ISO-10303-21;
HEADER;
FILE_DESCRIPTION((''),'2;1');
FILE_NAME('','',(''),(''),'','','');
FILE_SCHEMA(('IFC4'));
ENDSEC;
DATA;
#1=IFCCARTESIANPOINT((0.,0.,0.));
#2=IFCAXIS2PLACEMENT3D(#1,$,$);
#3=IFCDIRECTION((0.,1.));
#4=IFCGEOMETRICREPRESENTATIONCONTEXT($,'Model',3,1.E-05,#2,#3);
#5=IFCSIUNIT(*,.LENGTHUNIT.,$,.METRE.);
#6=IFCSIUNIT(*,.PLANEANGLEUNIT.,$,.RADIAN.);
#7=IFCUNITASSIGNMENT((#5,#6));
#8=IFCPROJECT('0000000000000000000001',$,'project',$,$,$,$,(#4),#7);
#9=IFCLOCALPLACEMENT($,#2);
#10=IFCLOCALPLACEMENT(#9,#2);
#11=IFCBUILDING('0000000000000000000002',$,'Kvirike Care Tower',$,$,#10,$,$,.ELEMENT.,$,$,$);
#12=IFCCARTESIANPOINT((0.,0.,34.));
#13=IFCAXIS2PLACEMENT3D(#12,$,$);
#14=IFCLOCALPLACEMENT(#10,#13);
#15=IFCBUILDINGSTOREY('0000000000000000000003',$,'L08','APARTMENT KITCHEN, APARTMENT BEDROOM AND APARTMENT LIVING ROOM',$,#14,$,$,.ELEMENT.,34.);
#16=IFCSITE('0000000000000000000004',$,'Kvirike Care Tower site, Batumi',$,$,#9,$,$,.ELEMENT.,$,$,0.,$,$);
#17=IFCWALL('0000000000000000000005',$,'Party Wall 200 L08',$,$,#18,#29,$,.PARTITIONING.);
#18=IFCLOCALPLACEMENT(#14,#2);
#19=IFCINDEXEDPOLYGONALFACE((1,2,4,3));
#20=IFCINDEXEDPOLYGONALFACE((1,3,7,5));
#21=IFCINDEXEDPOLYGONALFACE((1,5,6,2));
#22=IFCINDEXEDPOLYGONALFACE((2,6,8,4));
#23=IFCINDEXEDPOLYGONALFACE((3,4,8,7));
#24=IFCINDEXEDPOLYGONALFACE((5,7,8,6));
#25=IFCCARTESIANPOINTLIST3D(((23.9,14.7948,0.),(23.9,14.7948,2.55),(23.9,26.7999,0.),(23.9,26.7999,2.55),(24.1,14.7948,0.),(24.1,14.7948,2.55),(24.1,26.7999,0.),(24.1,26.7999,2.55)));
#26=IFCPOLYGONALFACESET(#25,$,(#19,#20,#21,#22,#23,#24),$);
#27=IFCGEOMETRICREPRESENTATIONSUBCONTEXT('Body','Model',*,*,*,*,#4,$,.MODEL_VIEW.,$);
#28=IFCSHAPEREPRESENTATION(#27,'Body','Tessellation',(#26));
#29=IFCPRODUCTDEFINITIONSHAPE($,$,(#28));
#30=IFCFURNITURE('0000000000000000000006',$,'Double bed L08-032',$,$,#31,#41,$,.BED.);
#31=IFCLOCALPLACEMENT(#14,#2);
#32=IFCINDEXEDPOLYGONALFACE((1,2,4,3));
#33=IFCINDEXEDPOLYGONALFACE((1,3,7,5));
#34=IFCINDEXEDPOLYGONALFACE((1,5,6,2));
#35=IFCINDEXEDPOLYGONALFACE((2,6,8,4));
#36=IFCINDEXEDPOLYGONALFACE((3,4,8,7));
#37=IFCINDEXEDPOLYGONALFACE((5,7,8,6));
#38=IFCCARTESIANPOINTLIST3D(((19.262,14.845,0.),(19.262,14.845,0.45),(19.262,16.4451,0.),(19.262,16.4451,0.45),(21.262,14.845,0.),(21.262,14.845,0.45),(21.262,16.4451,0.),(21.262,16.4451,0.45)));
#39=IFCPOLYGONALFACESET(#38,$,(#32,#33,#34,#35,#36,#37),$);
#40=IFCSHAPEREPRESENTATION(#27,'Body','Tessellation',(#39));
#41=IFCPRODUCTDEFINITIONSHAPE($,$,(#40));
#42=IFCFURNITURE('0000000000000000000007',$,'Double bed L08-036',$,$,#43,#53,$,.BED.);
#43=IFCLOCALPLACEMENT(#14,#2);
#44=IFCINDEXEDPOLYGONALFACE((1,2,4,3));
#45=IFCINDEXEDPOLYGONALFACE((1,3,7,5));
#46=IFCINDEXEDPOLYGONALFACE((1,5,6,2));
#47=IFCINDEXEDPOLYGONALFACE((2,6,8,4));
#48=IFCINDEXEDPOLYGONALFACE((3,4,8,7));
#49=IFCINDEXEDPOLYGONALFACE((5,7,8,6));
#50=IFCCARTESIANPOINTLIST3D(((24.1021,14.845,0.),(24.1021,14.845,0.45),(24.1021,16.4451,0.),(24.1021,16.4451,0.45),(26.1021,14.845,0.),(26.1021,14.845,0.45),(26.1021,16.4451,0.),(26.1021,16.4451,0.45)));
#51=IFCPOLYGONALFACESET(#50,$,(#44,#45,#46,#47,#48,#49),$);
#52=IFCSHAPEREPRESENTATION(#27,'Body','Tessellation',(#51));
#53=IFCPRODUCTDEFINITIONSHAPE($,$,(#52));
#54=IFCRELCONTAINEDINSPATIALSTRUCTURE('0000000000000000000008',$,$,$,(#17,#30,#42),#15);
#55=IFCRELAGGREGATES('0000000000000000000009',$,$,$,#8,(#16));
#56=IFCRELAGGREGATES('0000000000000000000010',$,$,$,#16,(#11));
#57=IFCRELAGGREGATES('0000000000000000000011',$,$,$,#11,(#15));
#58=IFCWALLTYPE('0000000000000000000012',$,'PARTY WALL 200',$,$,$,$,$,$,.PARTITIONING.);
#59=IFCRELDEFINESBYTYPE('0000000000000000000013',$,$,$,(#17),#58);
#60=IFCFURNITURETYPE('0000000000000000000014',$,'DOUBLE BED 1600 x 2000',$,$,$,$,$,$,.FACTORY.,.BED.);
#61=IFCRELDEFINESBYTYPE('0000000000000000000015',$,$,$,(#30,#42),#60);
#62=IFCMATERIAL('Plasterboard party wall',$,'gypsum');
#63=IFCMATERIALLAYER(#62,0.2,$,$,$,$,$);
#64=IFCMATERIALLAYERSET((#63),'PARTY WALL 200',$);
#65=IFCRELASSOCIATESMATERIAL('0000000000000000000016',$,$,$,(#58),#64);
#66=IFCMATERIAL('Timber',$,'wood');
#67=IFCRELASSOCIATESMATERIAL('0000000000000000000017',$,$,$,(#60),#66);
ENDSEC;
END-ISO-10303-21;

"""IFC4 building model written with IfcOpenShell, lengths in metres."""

from ifc_helpers import new_model, si_unit, direction, frame, frame_2d, origin, origin_2d, place, context, subcontext, project, spatial, rectangle, extrude, material, layer, layer_set, type_object, element, save


model = new_model("IFC4")

# Units and contexts
model_context = context("Model", 3, precision=1e-05, world=origin(), true_north=direction((0.0, 1.0)))
body_context = subcontext(model_context, "Body", "Model", "MODEL_VIEW")
ifc_project = project(units=[si_unit("LENGTHUNIT", "METRE"), si_unit("PLANEANGLEUNIT", "RADIAN")], contexts=[model_context])

# Site, building, storey
site_placement = place(None, origin())
site = spatial("IfcSite", under=ifc_project, at=site_placement, Name="Kvirike Care Tower site, Batumi", CompositionType="ELEMENT", RefElevation=0.0)
building_placement = place(site_placement, origin())
building = spatial("IfcBuilding", under=site, at=building_placement, Name="Kvirike Care Tower", CompositionType="ELEMENT")
storey_placement = place(building_placement, frame((0.0, 0.0, 34.0)))
storey = spatial("IfcBuildingStorey", under=building, at=storey_placement, Name="L08", Description="APARTMENT KITCHEN, APARTMENT BEDROOM AND APARTMENT LIVING ROOM", CompositionType="ELEMENT", Elevation=34.0)

# Wall
ifc_material_1 = material(Name="Plasterboard party wall", Category="gypsum")
ifc_layer_1 = layer(ifc_material_1, 0.2)
ifc_layer_set_1 = layer_set([ifc_layer_1], Name="PARTY WALL 200")
wall_type_1 = type_object("IfcWallType", Name="PARTY WALL 200", PredefinedType="PARTITIONING", material=ifc_layer_set_1)
wall_1_placement = place(storey_placement, frame((24.0, 14.7949, 0.0), z_axis=(0.0, 0.0, 1.0), x_axis=(0.0, 1.0, 0.0)))
element("IfcWall", 1, at=wall_1_placement, inside=storey, type_object=wall_type_1, Name="Party Wall 200 L08", PredefinedType="PARTITIONING", context=body_context, shape_type="SweptSolid", body=[
    extrude(rectangle(XDim=12.0051, YDim=0.2, at=frame_2d((6.0024, 0.0))), origin(), (0.0, 0.0, 1.0), 2.55),
])

# Furniture
ifc_material_2 = material(Name="Timber", Category="wood")
furniture_type = type_object("IfcFurnitureType", Name="DOUBLE BED 1600 x 2000", AssemblyPlace="FACTORY", PredefinedType="BED", material=ifc_material_2)
for number, where, z_axis, x_axis, name in (
    (2, (20.262, 15.645, 0.0), (0.0, 0.0, 1.0), (0.0, 1.0, 0.0), "Double bed L08-032"),
    (3, (25.1021, 15.645, 0.0), (0.0, 0.0, 1.0), (0.0, 1.0, 0.0), "Double bed L08-036"),
):
    element("IfcFurniture", number, at=place(storey_placement, frame(where, z_axis=z_axis, x_axis=x_axis)), inside=storey, type_object=furniture_type, Name=name, PredefinedType="BED", context=body_context, shape_type="SweptSolid", body=[
        extrude(rectangle(XDim=1.6001, YDim=2.0, at=origin_2d()), origin(), (0.0, 0.0, 1.0), 0.45),
    ])

save(model, "model.ifc")
